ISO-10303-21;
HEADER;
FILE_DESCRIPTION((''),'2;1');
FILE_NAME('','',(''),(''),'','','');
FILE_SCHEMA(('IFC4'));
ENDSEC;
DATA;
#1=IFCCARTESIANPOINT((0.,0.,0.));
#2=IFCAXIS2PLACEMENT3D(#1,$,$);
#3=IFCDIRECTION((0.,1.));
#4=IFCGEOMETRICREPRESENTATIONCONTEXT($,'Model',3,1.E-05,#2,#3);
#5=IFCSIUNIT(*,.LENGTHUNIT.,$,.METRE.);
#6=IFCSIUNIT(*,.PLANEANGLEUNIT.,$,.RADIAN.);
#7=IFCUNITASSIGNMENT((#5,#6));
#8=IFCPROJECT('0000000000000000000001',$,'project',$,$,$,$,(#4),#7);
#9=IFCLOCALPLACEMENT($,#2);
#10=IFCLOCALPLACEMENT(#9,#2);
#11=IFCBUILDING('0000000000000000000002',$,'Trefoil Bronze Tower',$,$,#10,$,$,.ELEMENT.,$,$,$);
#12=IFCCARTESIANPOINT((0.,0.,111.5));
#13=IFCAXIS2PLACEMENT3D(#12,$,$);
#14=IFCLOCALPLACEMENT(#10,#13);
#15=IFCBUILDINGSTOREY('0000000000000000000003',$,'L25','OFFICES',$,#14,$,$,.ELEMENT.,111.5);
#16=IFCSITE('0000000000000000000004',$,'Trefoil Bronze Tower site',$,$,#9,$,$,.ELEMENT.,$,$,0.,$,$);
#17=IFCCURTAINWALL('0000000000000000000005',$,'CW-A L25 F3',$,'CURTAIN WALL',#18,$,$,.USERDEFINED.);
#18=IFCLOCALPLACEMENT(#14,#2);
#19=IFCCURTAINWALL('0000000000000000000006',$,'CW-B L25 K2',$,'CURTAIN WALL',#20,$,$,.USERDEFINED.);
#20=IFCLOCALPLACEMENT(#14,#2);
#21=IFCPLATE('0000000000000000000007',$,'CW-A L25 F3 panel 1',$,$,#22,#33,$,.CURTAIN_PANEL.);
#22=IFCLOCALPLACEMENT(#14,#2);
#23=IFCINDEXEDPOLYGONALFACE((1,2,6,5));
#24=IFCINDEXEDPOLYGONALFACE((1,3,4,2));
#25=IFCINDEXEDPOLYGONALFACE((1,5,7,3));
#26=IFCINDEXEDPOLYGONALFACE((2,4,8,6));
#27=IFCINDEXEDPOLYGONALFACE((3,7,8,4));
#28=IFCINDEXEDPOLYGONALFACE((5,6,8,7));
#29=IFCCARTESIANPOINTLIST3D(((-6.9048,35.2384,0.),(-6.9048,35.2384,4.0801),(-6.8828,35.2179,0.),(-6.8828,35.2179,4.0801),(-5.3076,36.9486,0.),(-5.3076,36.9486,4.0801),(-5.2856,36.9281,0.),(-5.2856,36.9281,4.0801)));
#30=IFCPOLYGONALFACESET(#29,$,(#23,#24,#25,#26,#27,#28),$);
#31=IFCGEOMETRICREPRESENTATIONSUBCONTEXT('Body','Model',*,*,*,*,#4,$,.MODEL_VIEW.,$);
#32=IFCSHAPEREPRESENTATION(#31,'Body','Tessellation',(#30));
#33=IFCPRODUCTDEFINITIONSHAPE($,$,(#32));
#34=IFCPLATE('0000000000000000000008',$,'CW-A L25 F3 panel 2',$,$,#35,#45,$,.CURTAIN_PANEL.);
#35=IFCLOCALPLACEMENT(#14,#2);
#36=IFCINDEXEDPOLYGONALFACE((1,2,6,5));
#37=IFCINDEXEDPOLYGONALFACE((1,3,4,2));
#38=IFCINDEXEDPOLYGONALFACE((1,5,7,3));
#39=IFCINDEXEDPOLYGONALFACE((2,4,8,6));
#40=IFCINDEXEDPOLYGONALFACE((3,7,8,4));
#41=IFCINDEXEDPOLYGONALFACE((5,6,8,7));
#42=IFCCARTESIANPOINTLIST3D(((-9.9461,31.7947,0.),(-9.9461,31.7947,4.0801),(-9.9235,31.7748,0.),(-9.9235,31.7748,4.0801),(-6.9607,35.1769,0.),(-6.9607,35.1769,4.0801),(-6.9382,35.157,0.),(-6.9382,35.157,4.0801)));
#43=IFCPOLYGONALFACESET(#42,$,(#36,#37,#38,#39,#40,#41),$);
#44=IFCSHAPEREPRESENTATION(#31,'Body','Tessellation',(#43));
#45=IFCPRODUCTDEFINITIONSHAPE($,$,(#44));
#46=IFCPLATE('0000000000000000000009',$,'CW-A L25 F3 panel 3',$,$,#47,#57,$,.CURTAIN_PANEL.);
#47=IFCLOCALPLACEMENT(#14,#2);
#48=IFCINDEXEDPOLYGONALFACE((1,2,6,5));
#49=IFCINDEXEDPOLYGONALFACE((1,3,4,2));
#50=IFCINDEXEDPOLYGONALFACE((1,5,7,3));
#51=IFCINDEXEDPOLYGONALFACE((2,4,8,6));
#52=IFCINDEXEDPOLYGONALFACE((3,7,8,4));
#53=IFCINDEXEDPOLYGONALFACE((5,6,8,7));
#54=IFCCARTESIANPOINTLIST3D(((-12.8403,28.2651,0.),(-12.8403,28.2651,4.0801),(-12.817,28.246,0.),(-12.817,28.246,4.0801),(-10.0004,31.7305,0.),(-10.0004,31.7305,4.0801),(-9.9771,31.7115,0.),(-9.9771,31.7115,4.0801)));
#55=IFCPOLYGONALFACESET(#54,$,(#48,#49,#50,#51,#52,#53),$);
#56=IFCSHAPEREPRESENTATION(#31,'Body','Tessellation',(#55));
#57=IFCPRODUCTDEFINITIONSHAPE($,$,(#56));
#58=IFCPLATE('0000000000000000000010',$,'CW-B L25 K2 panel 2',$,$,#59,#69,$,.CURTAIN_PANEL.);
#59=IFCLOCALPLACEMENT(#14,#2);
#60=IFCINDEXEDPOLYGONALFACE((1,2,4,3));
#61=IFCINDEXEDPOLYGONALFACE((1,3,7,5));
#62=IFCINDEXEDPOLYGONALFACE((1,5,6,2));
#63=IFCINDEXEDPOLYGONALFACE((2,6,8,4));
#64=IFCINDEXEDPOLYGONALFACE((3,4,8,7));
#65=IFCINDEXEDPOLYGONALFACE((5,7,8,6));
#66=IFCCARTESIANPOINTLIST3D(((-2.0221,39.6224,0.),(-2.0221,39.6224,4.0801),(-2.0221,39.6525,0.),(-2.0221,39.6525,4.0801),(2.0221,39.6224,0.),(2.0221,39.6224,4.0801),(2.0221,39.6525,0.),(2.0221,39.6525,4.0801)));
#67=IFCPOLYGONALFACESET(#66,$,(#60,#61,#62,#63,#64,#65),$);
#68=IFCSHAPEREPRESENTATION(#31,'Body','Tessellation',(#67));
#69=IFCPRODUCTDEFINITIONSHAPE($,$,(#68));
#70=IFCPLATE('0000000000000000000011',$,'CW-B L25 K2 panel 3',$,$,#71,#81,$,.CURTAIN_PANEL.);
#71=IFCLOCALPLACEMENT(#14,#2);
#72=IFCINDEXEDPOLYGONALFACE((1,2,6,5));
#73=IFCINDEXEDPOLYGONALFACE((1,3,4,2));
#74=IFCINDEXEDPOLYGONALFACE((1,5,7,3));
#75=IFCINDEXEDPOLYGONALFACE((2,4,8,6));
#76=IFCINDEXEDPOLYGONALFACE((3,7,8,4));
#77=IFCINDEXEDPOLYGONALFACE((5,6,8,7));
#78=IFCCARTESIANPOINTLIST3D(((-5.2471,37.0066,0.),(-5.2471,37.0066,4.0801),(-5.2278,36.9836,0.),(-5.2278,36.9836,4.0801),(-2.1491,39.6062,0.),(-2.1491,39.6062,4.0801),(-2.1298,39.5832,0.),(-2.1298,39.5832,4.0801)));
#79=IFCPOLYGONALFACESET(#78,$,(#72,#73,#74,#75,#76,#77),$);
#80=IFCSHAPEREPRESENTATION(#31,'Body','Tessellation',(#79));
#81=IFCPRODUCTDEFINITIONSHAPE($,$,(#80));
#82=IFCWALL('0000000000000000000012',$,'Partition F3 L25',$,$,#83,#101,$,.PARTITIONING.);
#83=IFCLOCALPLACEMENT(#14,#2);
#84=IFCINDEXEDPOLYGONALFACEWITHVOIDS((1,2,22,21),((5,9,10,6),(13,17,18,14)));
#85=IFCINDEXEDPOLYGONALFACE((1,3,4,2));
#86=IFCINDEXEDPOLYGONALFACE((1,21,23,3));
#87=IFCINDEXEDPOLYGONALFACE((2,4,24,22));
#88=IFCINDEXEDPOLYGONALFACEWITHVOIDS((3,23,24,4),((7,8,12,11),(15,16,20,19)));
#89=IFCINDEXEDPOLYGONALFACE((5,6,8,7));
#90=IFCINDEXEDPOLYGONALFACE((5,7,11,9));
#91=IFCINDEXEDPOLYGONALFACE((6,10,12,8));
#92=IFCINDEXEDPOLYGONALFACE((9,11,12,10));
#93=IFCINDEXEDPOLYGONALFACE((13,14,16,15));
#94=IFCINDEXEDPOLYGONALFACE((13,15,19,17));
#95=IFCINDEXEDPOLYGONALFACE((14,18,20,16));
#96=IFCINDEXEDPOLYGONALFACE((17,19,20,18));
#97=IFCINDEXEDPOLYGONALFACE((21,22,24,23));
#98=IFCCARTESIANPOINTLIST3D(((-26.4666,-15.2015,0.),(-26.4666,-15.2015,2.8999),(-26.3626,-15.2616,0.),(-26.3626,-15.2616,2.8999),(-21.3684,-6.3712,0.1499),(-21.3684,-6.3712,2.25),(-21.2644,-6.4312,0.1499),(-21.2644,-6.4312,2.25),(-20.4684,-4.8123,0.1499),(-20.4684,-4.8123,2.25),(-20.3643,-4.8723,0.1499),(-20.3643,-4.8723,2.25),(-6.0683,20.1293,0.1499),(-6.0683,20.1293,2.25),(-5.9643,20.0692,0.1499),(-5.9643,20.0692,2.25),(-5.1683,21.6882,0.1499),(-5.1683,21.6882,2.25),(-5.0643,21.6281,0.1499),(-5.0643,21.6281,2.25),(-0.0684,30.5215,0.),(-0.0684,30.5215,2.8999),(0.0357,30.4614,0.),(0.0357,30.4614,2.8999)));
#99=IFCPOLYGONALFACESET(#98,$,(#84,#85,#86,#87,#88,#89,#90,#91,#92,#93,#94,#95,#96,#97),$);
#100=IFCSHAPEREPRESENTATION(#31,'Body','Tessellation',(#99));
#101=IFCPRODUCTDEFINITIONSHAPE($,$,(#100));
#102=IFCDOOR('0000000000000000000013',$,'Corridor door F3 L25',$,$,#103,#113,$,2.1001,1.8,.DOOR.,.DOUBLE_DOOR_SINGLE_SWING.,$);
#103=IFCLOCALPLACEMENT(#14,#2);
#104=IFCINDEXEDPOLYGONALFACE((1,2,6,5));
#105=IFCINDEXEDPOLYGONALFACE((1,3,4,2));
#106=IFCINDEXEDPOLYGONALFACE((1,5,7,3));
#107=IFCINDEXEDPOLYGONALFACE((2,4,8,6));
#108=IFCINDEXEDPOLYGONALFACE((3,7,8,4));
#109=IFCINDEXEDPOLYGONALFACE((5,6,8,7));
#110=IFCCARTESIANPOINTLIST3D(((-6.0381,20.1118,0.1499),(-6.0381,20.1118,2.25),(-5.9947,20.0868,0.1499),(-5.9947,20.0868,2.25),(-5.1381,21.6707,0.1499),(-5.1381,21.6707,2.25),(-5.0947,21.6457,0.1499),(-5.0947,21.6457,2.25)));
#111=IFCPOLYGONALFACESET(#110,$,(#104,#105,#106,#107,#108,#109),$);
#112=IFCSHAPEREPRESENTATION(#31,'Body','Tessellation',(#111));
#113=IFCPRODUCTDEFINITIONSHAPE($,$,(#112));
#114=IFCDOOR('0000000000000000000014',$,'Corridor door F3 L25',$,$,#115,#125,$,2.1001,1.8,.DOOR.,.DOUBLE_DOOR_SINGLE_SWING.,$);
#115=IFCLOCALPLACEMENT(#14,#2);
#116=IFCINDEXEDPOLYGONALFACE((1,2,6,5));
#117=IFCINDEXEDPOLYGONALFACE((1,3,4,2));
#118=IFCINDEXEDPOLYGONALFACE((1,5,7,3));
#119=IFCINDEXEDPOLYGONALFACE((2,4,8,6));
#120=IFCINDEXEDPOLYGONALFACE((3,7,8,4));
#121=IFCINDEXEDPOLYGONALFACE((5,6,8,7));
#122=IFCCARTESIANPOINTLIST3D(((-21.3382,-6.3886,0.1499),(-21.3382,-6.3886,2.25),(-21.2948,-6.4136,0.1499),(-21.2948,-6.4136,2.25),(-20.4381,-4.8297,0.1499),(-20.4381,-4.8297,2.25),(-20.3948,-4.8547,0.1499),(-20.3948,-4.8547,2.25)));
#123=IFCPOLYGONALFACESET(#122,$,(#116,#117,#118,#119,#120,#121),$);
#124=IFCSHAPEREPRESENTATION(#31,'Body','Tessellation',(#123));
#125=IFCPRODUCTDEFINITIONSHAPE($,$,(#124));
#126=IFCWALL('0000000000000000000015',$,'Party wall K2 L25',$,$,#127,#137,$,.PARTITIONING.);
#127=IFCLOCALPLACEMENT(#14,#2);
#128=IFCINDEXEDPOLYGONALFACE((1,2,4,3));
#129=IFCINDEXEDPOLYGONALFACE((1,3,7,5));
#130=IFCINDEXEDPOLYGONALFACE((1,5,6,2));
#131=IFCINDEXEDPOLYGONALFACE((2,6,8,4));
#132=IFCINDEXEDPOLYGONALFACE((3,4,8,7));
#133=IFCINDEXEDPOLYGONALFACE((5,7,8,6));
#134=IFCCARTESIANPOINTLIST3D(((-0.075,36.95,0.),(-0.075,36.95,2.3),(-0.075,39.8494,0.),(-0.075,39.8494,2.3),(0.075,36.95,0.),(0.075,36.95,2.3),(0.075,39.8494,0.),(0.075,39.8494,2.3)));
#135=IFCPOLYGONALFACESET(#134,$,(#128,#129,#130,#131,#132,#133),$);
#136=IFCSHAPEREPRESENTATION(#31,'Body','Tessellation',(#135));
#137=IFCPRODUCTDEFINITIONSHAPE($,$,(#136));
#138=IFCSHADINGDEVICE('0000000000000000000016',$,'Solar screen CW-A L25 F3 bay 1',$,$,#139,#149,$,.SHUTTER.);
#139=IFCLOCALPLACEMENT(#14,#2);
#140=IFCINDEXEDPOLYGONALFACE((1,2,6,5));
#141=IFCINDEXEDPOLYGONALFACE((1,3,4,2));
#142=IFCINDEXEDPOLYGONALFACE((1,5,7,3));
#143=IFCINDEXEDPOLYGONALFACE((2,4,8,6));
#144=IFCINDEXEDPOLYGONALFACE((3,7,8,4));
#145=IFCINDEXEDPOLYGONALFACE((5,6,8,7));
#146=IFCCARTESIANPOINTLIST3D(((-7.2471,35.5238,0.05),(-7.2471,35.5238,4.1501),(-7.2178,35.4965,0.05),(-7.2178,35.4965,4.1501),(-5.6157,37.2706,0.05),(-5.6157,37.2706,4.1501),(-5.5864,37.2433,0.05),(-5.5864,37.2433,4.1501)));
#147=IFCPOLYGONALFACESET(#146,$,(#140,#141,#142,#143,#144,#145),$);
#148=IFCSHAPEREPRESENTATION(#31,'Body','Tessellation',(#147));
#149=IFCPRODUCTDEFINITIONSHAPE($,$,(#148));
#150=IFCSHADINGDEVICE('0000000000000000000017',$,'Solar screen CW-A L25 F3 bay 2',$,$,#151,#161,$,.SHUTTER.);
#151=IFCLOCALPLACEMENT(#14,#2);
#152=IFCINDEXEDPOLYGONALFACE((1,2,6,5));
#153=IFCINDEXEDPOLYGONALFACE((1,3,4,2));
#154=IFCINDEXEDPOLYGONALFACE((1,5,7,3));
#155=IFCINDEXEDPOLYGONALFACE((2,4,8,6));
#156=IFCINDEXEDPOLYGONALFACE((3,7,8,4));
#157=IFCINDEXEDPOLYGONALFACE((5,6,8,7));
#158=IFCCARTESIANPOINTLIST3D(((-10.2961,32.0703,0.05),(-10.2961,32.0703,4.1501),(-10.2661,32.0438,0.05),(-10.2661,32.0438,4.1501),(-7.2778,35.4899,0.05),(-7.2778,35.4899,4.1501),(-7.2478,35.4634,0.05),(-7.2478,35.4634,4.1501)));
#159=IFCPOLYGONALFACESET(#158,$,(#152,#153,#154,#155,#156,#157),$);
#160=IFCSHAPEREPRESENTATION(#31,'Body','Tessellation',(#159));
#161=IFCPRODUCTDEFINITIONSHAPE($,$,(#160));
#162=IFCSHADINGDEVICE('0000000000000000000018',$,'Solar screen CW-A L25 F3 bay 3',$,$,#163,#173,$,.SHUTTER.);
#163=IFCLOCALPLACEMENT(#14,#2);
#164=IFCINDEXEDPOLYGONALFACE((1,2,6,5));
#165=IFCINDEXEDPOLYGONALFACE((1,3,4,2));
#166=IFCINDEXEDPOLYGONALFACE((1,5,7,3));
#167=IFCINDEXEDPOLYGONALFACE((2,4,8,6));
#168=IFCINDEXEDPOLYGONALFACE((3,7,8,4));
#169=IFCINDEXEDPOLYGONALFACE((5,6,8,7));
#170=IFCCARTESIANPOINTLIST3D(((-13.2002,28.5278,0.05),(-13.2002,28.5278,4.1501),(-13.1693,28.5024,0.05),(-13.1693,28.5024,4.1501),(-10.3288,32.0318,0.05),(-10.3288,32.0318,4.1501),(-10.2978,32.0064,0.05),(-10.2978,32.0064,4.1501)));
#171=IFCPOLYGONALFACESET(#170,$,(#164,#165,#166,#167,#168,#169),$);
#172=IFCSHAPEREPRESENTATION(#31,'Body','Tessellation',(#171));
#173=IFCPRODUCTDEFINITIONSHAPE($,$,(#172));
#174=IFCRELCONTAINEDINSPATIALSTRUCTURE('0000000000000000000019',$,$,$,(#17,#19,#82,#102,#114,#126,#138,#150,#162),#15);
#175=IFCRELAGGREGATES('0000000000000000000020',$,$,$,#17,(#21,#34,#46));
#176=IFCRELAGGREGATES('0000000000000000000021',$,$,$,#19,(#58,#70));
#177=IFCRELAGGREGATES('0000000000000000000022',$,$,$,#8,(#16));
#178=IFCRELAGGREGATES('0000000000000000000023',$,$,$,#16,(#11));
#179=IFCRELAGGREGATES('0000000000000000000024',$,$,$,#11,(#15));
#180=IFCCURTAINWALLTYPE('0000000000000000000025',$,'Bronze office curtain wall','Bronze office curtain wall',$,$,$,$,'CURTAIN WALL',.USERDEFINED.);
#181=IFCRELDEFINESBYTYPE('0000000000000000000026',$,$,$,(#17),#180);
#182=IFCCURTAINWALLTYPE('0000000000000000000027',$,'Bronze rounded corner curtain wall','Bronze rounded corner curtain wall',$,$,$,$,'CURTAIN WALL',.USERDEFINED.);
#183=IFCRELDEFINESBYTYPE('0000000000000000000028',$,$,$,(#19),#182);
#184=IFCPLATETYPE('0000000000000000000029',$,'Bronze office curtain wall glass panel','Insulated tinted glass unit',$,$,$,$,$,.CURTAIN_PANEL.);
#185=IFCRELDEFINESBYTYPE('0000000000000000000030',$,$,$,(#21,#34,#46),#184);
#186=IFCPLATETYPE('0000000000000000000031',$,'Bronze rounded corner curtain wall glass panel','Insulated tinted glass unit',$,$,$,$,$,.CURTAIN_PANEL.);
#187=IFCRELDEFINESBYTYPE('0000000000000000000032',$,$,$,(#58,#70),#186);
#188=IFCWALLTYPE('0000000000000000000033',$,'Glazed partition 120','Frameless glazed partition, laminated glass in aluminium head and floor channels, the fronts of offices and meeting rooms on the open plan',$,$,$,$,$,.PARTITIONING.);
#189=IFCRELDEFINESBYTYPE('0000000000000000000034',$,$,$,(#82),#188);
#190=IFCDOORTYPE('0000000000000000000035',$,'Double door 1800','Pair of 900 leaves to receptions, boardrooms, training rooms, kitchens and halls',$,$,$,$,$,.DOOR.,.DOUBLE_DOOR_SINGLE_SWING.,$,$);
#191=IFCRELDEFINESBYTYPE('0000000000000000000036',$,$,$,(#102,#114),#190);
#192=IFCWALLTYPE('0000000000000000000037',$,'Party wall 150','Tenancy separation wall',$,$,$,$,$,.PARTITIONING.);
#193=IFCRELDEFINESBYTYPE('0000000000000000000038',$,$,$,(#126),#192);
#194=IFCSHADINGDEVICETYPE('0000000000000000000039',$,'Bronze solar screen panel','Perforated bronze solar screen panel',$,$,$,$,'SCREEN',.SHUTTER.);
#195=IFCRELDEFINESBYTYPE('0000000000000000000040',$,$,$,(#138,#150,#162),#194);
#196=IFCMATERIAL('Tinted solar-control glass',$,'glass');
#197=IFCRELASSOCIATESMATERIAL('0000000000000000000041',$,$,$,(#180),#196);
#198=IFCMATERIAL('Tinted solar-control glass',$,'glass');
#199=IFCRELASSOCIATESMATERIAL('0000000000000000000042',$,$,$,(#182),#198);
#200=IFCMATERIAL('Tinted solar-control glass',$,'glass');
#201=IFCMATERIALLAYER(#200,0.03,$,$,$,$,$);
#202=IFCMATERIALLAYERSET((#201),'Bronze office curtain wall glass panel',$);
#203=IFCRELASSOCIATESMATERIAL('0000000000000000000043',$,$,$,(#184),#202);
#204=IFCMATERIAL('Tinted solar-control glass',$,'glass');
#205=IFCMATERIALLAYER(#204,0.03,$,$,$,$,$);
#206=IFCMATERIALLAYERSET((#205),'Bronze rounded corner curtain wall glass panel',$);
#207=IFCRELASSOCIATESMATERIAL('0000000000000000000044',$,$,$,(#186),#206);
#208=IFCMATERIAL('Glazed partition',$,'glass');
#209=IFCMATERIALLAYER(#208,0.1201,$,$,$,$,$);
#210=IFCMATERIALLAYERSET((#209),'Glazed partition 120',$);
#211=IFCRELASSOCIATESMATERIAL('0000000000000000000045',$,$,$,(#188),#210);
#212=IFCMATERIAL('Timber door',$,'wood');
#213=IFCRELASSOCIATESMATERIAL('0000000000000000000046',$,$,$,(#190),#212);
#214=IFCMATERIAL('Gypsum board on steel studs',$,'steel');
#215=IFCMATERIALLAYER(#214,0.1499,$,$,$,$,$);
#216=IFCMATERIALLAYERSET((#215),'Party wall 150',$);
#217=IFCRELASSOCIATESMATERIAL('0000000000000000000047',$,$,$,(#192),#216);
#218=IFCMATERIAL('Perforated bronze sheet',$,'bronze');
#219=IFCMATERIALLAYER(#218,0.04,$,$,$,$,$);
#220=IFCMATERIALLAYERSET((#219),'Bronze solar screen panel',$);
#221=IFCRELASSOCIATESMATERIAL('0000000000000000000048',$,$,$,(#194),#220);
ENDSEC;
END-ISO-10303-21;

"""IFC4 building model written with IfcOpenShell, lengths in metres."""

from ifc_helpers import new_model, si_unit, direction, frame, frame_2d, origin, origin_2d, place, context, subcontext, project, spatial, rectangle, extrude, material, layer, layer_set, type_object, element, fill, aggregate, save


model = new_model("IFC4")

# Units and contexts
model_context = context("Model", 3, precision=1e-05, world=origin(), true_north=direction((0.0, 1.0)))
body_context = subcontext(model_context, "Body", "Model", "MODEL_VIEW")
ifc_project = project(units=[si_unit("LENGTHUNIT", "METRE"), si_unit("PLANEANGLEUNIT", "RADIAN")], contexts=[model_context])

# Site, building, storey
site_placement = place(None, origin())
site = spatial("IfcSite", under=ifc_project, at=site_placement, Name="Trefoil Bronze Tower site", CompositionType="ELEMENT", RefElevation=0.0)
building_placement = place(site_placement, origin())
building = spatial("IfcBuilding", under=site, at=building_placement, Name="Trefoil Bronze Tower", CompositionType="ELEMENT")
storey_placement = place(building_placement, frame((0.0, 0.0, 111.5)))
storey = spatial("IfcBuildingStorey", under=building, at=storey_placement, Name="L25", Description="OFFICES", CompositionType="ELEMENT", Elevation=111.5)

# Curtain walls
ifc_material_1 = material(Name="Tinted solar-control glass", Category="glass")
curtain_wall_type_1 = type_object("IfcCurtainWallType", Name="Bronze office curtain wall", Description="Bronze office curtain wall", ElementType="CURTAIN WALL", PredefinedType="USERDEFINED", material=ifc_material_1)
curtain_wall_1_placement = place(storey_placement, origin())
curtain_wall_1 = element("IfcCurtainWall", 1, at=curtain_wall_1_placement, inside=storey, type_object=curtain_wall_type_1, Name="CW-A L25 F3", ObjectType="CURTAIN WALL", PredefinedType="USERDEFINED")
ifc_material_2 = material(Name="Tinted solar-control glass", Category="glass")
curtain_wall_type_2 = type_object("IfcCurtainWallType", Name="Bronze rounded corner curtain wall", Description="Bronze rounded corner curtain wall", ElementType="CURTAIN WALL", PredefinedType="USERDEFINED", material=ifc_material_2)
curtain_wall_2_placement = place(storey_placement, origin())
curtain_wall_2 = element("IfcCurtainWall", 2, at=curtain_wall_2_placement, inside=storey, type_object=curtain_wall_type_2, Name="CW-B L25 K2", ObjectType="CURTAIN WALL", PredefinedType="USERDEFINED")

# Plates
ifc_material_3 = material(Name="Tinted solar-control glass", Category="glass")
ifc_layer_1 = layer(ifc_material_3, 0.03)
ifc_layer_set_1 = layer_set([ifc_layer_1], Name="Bronze office curtain wall glass panel")
plate_type_1 = type_object("IfcPlateType", Name="Bronze office curtain wall glass panel", Description="Insulated tinted glass unit", PredefinedType="CURTAIN_PANEL", material=ifc_layer_set_1)
plate_1_placement = place(storey_placement, frame((-6.0952, 36.0833, 0.0), z_axis=(0.0, 0.0, 1.0), x_axis=(-0.682536, -0.730852, 0.0)))
plate_1 = element("IfcPlate", 3, at=plate_1_placement, type_object=plate_type_1, Name="CW-A L25 F3 panel 1", PredefinedType="CURTAIN_PANEL", context=body_context, shape_type="SweptSolid", body=[
    extrude(rectangle(XDim=2.3401, YDim=0.03, at=origin_2d()), origin(), (0.0, 0.0, 1.0), 4.0801),
])
plate_2_placement = place(storey_placement, frame((-8.4421, 33.4758, 0.0), z_axis=(0.0, 0.0, 1.0), x_axis=(-0.661751, -0.749723, 0.0)))
plate_2 = element("IfcPlate", 4, at=plate_2_placement, type_object=plate_type_1, Name="CW-A L25 F3 panel 2", PredefinedType="CURTAIN_PANEL", context=body_context, shape_type="SweptSolid", body=[
    extrude(rectangle(XDim=4.5112, YDim=0.03, at=origin_2d()), origin(), (0.0, 0.0, 1.0), 4.0801),
])
plate_3_placement = place(storey_placement, frame((-11.4087, 29.9883, 0.0), z_axis=(0.0, 0.0, 1.0), x_axis=(-0.63384, -0.773464, 0.0)))
plate_3 = element("IfcPlate", 5, at=plate_3_placement, type_object=plate_type_1, Name="CW-A L25 F3 panel 3", PredefinedType="CURTAIN_PANEL", context=body_context, shape_type="SweptSolid", body=[
    extrude(rectangle(XDim=4.4805, YDim=0.03, at=origin_2d()), origin(), (0.0, 0.0, 1.0), 4.0801),
])
aggregate(curtain_wall_1, [plate_1, plate_2, plate_3])
ifc_material_4 = material(Name="Tinted solar-control glass", Category="glass")
ifc_layer_2 = layer(ifc_material_4, 0.03)
ifc_layer_set_2 = layer_set([ifc_layer_2], Name="Bronze rounded corner curtain wall glass panel")
plate_type_2 = type_object("IfcPlateType", Name="Bronze rounded corner curtain wall glass panel", Description="Insulated tinted glass unit", PredefinedType="CURTAIN_PANEL", material=ifc_layer_set_2)
plate_4_placement = place(storey_placement, frame((0.0, 39.6375, 0.0), z_axis=(0.0, 0.0, 1.0), x_axis=(-1.0, 0.0, 0.0)))
plate_4 = element("IfcPlate", 6, at=plate_4_placement, type_object=plate_type_2, Name="CW-B L25 K2 panel 2", PredefinedType="CURTAIN_PANEL", context=body_context, shape_type="SweptSolid", body=[
    extrude(rectangle(XDim=4.0442, YDim=0.03, at=origin_2d()), origin(), (0.0, 0.0, 1.0), 4.0801),
])
plate_5_placement = place(storey_placement, frame((-3.6885, 38.2949, 0.0), z_axis=(0.0, 0.0, 1.0), x_axis=(-0.766044, -0.642788, 0.0)))
plate_5 = element("IfcPlate", 7, at=plate_5_placement, type_object=plate_type_2, Name="CW-B L25 K2 panel 3", PredefinedType="CURTAIN_PANEL", context=body_context, shape_type="SweptSolid", body=[
    extrude(rectangle(XDim=4.0442, YDim=0.03, at=origin_2d()), origin(), (0.0, 0.0, 1.0), 4.0801),
])
aggregate(curtain_wall_2, [plate_4, plate_5])

# Wall, openings, doors
ifc_material_5 = material(Name="Glazed partition", Category="glass")
ifc_layer_3 = layer(ifc_material_5, 0.1201)
ifc_layer_set_3 = layer_set([ifc_layer_3], Name="Glazed partition 120")
wall_type_1 = type_object("IfcWallType", Name="Glazed partition 120", Description="Frameless glazed partition, laminated glass in aluminium head and floor channels, the fronts of offices and meeting rooms on the open plan", PredefinedType="PARTITIONING", material=ifc_layer_set_3)
wall_1_placement = place(storey_placement, frame((-0.0164, 30.4915, 0.0), z_axis=(0.0, 0.0, 1.0), x_axis=(-0.500001, -0.866025, 0.0)))
wall_1 = element("IfcWall", 8, at=wall_1_placement, inside=storey, type_object=wall_type_1, Name="Partition F3 L25", PredefinedType="PARTITIONING", context=body_context, shape_type="SweptSolid", body=[
    extrude(rectangle(XDim=52.7964, YDim=0.1201, at=frame_2d((26.3982, 0.0))), origin(), (0.0, 0.0, 1.0), 2.8999),
])
opening_1_placement = place(wall_1_placement, frame((10.2, 0.0, 0.1499)))
opening_1 = element("IfcOpeningElement", 9, at=opening_1_placement, cuts=wall_1, PredefinedType="OPENING", context=body_context, shape_type="SweptSolid", body=[
    extrude(rectangle(XDim=1.8, YDim=2.1001, at=frame_2d((0.8999, 1.05))), frame((0.0, 0.0701, 0.0), z_axis=(0.0, -1.0, 0.0), x_axis=(1.0, 0.0, 0.0)), (0.0, 0.0, 1.0), 0.1401),
])
opening_2_placement = place(wall_1_placement, frame((40.8, 0.0, 0.1499)))
opening_2 = element("IfcOpeningElement", 10, at=opening_2_placement, cuts=wall_1, PredefinedType="OPENING", context=body_context, shape_type="SweptSolid", body=[
    extrude(rectangle(XDim=1.8, YDim=2.1001, at=frame_2d((0.8999, 1.05))), frame((0.0, 0.0701, 0.0), z_axis=(0.0, -1.0, 0.0), x_axis=(1.0, 0.0, 0.0)), (0.0, 0.0, 1.0), 0.1401),
])
ifc_material_6 = material(Name="Timber door", Category="wood")
door_type = type_object("IfcDoorType", Name="Double door 1800", Description="Pair of 900 leaves to receptions, boardrooms, training rooms, kitchens and halls", OperationType="DOUBLE_DOOR_SINGLE_SWING", PredefinedType="DOOR", material=ifc_material_6)
door_1_placement = place(opening_1_placement, origin())
door_1 = element("IfcDoor", 11, at=door_1_placement, inside=storey, type_object=door_type, Name="Corridor door F3 L25", OperationType="DOUBLE_DOOR_SINGLE_SWING", OverallHeight=2.1001, OverallWidth=1.8, PredefinedType="DOOR", context=body_context, shape_type="SweptSolid", body=[
    extrude(rectangle(XDim=1.8, YDim=2.1001, at=frame_2d((0.8999, 1.05))), frame((0.0, 0.0249, 0.0), z_axis=(0.0, -1.0, 0.0), x_axis=(1.0, 0.0, 0.0)), (0.0, 0.0, 1.0), 0.05),
])
fill(opening_1, door_1)
door_2_placement = place(opening_2_placement, origin())
door_2 = element("IfcDoor", 12, at=door_2_placement, inside=storey, type_object=door_type, Name="Corridor door F3 L25", OperationType="DOUBLE_DOOR_SINGLE_SWING", OverallHeight=2.1001, OverallWidth=1.8, PredefinedType="DOOR", context=body_context, shape_type="SweptSolid", body=[
    extrude(rectangle(XDim=1.8, YDim=2.1001, at=frame_2d((0.8999, 1.05))), frame((0.0, 0.0249, 0.0), z_axis=(0.0, -1.0, 0.0), x_axis=(1.0, 0.0, 0.0)), (0.0, 0.0, 1.0), 0.05),
])
fill(opening_2, door_2)

# Wall
ifc_material_7 = material(Name="Gypsum board on steel studs", Category="steel")
ifc_layer_4 = layer(ifc_material_7, 0.1499)
ifc_layer_set_4 = layer_set([ifc_layer_4], Name="Party wall 150")
wall_type_2 = type_object("IfcWallType", Name="Party wall 150", Description="Tenancy separation wall", PredefinedType="PARTITIONING", material=ifc_layer_set_4)
wall_2_placement = place(storey_placement, frame((0.0, 36.95, 0.0), z_axis=(0.0, 0.0, 1.0), x_axis=(0.0, 1.0, 0.0)))
element("IfcWall", 13, at=wall_2_placement, inside=storey, type_object=wall_type_2, Name="Party wall K2 L25", PredefinedType="PARTITIONING", context=body_context, shape_type="SweptSolid", body=[
    extrude(rectangle(XDim=2.8994, YDim=0.1499, at=frame_2d((1.4497, 0.0))), origin(), (0.0, 0.0, 1.0), 2.3),
])

# Shading devices
ifc_material_8 = material(Name="Perforated bronze sheet", Category="bronze")
ifc_layer_5 = layer(ifc_material_8, 0.04)
ifc_layer_set_5 = layer_set([ifc_layer_5], Name="Bronze solar screen panel")
shading_device_type = type_object("IfcShadingDeviceType", Name="Bronze solar screen panel", Description="Perforated bronze solar screen panel", ElementType="SCREEN", PredefinedType="SHUTTER", material=ifc_layer_set_5)
shading_device_1_placement = place(storey_placement, frame((-6.4167, 36.3835, 0.05), z_axis=(0.0, 0.0, 1.0), x_axis=(-0.682536, -0.730852, 0.0)))
element("IfcShadingDevice", 14, at=shading_device_1_placement, inside=storey, type_object=shading_device_type, Name="Solar screen CW-A L25 F3 bay 1", PredefinedType="SHUTTER", context=body_context, shape_type="SweptSolid", body=[
    extrude(rectangle(XDim=2.3901, YDim=0.04, at=origin_2d()), origin(), (0.0, 0.0, 1.0), 4.1001),
])
shading_device_2_placement = place(storey_placement, frame((-8.772, 33.7668, 0.05), z_axis=(0.0, 0.0, 1.0), x_axis=(-0.661751, -0.749723, 0.0)))
element("IfcShadingDevice", 15, at=shading_device_2_placement, inside=storey, type_object=shading_device_type, Name="Solar screen CW-A L25 F3 bay 2", PredefinedType="SHUTTER", context=body_context, shape_type="SweptSolid", body=[
    extrude(rectangle(XDim=4.561, YDim=0.04, at=origin_2d()), origin(), (0.0, 0.0, 1.0), 4.1001),
])
shading_device_3_placement = place(storey_placement, frame((-11.749, 30.2671, 0.05), z_axis=(0.0, 0.0, 1.0), x_axis=(-0.63384, -0.773464, 0.0)))
element("IfcShadingDevice", 16, at=shading_device_3_placement, inside=storey, type_object=shading_device_type, Name="Solar screen CW-A L25 F3 bay 3", PredefinedType="SHUTTER", context=body_context, shape_type="SweptSolid", body=[
    extrude(rectangle(XDim=4.5303, YDim=0.04, at=origin_2d()), origin(), (0.0, 0.0, 1.0), 4.1001),
])

save(model, "model.ifc")
